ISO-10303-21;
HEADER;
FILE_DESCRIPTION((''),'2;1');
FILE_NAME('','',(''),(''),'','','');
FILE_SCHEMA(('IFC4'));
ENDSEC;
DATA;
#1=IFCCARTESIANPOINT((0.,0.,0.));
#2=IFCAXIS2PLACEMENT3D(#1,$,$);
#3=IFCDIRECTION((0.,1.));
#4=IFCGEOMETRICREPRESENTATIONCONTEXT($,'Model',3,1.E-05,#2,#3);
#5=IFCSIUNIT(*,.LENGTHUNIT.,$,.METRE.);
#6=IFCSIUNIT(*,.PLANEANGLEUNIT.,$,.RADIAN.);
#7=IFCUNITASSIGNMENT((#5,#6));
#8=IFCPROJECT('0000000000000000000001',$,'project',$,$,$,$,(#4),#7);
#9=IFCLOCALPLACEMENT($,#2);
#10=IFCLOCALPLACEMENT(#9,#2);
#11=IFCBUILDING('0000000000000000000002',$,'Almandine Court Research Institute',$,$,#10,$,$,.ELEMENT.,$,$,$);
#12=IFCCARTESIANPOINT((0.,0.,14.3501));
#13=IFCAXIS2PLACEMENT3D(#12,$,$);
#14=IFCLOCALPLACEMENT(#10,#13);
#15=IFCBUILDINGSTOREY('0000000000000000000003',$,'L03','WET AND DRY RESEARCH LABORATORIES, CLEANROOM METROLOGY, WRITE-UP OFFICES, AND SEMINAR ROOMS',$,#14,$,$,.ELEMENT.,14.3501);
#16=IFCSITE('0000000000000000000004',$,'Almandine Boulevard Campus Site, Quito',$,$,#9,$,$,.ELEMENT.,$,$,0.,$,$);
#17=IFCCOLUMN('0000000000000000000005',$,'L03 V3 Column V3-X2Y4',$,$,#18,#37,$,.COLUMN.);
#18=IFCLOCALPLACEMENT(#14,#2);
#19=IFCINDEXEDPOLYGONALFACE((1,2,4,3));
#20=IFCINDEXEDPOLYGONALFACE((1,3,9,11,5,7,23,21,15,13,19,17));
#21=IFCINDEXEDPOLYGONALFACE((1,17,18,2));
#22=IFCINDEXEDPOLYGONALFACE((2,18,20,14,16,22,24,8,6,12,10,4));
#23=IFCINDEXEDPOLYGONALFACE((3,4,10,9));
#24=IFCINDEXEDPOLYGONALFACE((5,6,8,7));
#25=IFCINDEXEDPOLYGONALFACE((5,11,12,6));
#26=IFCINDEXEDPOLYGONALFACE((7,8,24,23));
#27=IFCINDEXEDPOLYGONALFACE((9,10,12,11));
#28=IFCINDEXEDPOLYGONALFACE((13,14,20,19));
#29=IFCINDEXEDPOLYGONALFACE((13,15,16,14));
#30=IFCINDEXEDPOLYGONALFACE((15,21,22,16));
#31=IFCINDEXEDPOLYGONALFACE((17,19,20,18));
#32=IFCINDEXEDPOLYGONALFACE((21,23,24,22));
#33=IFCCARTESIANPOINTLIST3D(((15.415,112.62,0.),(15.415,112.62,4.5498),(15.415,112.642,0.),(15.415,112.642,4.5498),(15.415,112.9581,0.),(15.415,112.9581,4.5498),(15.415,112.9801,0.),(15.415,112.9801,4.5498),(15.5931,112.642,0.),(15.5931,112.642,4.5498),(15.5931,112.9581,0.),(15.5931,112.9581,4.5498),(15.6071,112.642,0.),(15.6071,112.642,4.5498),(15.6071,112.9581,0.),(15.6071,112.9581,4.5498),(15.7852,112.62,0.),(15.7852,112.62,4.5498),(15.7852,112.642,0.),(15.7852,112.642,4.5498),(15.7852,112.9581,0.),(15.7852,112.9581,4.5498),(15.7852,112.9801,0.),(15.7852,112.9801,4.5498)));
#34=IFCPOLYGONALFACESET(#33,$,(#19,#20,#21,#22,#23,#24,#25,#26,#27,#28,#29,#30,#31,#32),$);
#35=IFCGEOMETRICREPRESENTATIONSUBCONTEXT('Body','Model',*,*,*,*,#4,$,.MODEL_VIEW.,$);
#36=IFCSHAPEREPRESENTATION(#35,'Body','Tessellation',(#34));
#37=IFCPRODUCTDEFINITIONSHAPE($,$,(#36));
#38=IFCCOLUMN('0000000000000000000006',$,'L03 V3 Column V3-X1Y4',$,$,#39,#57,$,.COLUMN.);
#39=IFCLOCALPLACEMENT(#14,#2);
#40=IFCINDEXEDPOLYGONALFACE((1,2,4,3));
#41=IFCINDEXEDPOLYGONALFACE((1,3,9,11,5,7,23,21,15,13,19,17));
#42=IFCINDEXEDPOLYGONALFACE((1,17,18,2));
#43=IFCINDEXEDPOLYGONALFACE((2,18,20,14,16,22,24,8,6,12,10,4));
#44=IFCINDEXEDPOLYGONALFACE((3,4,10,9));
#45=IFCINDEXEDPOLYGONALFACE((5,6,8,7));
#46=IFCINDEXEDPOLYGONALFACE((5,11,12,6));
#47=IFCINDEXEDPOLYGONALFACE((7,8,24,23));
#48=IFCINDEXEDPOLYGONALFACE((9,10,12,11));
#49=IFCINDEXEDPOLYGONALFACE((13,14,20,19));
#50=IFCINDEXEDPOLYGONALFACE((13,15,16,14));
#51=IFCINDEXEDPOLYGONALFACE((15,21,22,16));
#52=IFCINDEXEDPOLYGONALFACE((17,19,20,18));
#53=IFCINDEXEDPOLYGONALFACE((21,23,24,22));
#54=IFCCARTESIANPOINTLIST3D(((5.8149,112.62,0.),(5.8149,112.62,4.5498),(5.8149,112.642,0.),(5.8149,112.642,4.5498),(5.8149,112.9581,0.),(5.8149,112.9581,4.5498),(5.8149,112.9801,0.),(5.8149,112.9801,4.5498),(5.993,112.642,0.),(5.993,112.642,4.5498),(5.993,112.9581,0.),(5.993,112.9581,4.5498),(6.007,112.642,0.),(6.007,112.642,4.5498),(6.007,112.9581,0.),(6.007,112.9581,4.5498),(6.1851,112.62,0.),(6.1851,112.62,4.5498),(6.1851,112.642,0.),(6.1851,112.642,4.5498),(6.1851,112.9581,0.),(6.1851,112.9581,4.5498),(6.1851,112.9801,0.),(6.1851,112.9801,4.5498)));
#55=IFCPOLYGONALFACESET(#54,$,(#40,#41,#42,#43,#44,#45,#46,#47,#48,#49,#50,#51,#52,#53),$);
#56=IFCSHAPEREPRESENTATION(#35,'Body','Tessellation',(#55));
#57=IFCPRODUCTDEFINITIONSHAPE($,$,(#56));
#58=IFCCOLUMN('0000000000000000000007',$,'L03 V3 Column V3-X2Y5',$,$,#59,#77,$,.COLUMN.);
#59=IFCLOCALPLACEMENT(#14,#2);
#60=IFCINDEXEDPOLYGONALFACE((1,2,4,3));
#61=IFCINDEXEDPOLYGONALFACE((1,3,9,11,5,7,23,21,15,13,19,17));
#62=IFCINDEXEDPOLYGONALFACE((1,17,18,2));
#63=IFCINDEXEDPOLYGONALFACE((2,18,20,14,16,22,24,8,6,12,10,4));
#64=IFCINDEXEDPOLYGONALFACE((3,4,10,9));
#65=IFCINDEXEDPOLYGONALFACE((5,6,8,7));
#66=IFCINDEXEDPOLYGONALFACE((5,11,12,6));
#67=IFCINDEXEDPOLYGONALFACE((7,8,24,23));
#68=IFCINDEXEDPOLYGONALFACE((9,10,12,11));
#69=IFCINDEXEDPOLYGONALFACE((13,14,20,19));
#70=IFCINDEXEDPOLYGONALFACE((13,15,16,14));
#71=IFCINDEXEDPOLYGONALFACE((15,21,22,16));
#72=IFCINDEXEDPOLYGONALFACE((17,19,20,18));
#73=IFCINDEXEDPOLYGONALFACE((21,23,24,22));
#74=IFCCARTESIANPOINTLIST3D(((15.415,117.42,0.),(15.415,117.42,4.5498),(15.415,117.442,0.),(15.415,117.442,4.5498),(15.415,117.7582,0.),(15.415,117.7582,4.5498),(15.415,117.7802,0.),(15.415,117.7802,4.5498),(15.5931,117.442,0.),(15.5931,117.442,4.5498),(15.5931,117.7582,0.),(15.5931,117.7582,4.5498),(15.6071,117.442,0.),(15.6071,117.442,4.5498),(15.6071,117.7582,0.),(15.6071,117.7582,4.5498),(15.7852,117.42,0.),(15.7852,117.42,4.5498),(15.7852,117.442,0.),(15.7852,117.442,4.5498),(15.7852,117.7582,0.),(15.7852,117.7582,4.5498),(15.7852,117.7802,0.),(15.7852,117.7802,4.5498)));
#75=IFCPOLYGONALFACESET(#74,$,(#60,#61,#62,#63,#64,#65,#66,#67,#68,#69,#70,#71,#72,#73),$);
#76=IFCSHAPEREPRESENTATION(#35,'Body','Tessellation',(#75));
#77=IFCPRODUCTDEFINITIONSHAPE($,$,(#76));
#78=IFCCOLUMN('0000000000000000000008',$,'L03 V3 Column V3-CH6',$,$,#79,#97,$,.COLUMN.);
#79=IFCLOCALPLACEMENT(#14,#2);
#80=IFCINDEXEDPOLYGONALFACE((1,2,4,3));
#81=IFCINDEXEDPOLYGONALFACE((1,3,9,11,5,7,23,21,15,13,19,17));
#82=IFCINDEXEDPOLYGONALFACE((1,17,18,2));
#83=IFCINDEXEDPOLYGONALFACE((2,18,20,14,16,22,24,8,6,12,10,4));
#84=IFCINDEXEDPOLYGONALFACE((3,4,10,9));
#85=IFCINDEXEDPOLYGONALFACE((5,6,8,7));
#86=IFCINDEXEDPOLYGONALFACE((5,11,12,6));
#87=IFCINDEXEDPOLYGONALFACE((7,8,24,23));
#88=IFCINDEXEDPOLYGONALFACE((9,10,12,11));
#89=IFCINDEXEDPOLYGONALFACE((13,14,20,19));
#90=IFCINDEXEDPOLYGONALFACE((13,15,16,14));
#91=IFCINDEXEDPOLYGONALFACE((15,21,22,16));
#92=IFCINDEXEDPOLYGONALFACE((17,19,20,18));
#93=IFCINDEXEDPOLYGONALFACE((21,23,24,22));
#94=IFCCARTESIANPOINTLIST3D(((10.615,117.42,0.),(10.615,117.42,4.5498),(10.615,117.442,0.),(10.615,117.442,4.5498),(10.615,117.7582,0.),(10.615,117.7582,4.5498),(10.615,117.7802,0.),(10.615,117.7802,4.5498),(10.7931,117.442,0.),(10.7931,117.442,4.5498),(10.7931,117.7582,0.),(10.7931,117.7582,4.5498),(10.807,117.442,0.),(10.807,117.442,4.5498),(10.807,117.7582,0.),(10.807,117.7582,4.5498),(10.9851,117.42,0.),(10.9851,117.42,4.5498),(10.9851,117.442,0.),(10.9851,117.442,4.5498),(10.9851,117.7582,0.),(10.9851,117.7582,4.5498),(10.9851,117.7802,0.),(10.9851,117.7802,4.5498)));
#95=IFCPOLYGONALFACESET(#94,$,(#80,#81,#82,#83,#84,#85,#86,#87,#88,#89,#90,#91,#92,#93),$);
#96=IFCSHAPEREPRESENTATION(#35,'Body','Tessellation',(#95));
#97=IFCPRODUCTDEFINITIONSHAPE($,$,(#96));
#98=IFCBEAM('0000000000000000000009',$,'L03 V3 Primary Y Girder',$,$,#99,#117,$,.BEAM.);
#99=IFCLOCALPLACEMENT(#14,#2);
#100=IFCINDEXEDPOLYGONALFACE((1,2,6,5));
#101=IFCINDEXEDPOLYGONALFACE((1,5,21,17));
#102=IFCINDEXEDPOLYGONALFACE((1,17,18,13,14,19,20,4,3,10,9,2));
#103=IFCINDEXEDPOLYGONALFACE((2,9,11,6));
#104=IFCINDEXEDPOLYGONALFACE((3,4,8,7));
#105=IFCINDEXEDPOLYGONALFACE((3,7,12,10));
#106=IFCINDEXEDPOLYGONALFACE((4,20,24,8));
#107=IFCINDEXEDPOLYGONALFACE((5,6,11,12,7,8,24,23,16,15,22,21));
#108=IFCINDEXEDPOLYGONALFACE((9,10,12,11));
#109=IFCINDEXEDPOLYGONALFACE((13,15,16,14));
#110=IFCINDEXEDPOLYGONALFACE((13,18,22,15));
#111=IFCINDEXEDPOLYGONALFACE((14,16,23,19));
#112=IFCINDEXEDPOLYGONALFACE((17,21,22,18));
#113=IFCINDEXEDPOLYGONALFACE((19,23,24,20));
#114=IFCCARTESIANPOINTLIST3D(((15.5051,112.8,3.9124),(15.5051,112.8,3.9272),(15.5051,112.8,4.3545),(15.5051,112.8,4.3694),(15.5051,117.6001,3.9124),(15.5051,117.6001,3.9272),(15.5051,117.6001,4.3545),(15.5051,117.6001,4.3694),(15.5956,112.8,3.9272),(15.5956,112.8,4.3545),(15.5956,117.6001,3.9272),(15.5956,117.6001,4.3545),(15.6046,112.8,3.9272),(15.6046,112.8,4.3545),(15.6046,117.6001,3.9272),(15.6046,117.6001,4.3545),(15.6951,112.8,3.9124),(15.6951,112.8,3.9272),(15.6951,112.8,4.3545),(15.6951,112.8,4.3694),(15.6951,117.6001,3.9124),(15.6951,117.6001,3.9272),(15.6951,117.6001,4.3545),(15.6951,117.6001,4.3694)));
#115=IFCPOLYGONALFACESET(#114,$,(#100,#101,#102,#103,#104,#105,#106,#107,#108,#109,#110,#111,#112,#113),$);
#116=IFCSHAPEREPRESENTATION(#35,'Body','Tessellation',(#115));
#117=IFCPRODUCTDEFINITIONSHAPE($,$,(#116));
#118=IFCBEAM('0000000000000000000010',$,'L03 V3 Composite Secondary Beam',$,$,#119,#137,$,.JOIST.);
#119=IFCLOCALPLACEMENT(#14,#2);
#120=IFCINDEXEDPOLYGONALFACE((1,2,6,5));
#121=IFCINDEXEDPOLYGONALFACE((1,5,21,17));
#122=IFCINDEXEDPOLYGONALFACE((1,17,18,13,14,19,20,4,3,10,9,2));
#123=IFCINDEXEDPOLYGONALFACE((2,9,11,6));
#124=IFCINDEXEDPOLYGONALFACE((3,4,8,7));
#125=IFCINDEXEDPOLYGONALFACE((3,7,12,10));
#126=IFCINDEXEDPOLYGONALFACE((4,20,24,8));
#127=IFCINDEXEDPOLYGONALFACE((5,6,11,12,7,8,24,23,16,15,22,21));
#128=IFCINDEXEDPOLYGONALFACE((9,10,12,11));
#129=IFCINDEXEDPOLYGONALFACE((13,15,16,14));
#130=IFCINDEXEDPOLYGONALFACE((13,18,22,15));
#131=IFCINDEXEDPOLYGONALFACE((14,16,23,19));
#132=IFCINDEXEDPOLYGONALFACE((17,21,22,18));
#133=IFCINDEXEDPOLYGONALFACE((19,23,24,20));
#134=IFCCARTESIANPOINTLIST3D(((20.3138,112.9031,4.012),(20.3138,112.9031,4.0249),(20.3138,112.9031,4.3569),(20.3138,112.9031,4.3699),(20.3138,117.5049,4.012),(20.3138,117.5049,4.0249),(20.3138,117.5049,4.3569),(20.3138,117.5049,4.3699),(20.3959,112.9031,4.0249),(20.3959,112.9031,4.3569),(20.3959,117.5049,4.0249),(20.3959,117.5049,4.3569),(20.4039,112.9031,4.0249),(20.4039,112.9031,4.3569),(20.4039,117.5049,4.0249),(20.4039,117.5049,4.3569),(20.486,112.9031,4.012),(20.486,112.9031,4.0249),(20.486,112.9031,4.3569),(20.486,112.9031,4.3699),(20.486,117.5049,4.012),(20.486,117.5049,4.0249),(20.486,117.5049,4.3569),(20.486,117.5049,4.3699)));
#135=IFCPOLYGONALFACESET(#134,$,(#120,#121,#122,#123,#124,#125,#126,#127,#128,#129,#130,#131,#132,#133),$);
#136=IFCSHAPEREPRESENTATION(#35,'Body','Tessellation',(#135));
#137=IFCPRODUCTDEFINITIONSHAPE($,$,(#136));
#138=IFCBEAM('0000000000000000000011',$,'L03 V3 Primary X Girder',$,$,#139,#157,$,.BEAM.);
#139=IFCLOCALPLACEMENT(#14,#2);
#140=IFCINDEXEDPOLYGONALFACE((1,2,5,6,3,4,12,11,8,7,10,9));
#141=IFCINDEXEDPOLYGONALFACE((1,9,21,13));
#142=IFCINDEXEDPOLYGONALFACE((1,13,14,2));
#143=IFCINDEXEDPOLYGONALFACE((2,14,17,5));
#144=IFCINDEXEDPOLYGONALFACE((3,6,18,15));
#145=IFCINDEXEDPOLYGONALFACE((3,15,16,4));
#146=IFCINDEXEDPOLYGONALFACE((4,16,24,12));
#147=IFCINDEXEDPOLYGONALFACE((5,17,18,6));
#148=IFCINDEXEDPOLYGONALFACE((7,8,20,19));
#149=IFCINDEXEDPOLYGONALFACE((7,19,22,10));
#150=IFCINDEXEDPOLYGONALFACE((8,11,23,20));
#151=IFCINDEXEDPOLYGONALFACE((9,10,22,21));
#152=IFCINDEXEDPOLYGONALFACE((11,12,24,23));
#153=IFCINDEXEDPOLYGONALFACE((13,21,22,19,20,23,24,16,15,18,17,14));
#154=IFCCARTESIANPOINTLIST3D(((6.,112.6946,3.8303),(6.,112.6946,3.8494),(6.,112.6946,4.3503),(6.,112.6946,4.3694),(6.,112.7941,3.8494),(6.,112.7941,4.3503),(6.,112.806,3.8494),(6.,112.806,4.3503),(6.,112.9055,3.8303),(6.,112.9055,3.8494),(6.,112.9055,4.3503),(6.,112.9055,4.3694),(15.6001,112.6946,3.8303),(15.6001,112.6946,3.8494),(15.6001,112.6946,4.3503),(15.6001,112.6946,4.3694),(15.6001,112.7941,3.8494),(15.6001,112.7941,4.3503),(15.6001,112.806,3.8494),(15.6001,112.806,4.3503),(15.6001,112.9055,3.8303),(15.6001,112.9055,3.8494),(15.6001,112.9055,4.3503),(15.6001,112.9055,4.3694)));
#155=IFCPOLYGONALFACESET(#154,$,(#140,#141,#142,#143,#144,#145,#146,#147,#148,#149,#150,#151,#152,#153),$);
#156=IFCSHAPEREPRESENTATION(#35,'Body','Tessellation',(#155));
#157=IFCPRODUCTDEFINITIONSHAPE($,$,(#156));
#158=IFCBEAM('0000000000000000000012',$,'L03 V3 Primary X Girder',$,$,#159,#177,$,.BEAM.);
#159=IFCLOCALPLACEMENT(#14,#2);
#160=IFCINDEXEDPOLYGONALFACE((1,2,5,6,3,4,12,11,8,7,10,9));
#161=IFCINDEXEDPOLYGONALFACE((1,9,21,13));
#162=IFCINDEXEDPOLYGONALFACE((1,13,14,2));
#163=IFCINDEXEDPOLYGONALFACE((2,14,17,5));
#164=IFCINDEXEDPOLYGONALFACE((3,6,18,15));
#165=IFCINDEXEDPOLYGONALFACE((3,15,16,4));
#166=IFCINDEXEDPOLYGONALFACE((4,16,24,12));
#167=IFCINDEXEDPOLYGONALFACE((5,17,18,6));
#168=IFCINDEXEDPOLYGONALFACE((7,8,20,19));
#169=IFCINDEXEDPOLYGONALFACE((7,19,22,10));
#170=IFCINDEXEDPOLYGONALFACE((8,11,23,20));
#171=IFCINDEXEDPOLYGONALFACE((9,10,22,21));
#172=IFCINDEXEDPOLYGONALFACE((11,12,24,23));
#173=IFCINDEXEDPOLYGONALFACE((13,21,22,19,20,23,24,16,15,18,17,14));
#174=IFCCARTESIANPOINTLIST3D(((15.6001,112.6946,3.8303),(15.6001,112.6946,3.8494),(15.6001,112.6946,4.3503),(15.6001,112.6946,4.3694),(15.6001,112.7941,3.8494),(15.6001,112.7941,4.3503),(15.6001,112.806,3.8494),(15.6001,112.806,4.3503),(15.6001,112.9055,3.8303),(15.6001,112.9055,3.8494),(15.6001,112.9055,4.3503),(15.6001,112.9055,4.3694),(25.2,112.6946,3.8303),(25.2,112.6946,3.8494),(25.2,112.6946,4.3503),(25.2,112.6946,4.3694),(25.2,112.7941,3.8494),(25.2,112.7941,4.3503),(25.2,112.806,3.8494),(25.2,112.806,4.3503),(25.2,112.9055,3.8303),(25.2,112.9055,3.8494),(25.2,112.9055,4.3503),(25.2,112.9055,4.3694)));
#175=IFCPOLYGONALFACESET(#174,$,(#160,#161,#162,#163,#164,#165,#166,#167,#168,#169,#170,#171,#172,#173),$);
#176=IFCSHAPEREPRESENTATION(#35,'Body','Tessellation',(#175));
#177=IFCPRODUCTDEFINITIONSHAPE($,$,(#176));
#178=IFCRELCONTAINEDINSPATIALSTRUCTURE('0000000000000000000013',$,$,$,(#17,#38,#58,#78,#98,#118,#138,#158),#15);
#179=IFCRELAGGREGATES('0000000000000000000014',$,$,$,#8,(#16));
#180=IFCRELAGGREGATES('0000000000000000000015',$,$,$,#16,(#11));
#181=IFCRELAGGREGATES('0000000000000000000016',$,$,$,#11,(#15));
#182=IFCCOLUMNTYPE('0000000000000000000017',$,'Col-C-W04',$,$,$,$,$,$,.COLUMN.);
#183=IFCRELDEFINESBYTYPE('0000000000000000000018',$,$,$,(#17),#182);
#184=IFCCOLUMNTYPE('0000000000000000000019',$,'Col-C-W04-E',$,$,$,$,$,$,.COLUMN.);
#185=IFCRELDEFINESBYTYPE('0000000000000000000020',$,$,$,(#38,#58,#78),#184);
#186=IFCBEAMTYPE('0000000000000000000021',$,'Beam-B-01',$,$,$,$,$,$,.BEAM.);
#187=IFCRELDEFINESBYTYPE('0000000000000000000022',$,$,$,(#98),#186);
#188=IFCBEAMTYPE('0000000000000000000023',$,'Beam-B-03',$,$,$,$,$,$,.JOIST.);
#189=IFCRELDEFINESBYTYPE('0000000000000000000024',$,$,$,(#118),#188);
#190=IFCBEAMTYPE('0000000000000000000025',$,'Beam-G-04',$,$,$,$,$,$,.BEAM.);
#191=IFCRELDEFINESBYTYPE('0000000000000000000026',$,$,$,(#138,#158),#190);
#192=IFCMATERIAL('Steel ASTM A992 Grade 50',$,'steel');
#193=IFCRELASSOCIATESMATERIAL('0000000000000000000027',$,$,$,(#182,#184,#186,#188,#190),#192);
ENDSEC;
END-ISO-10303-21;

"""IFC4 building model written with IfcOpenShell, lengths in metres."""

from ifc_helpers import new_model, si_unit, direction, frame, origin, origin_2d, place, context, subcontext, project, spatial, i_section, extrude, material, material_profile, profile_set, type_object, element, save


model = new_model("IFC4")

# Units and contexts
model_context = context("Model", 3, precision=1e-05, world=origin(), true_north=direction((0.0, 1.0)))
body_context = subcontext(model_context, "Body", "Model", "MODEL_VIEW")
ifc_project = project(units=[si_unit("LENGTHUNIT", "METRE"), si_unit("PLANEANGLEUNIT", "RADIAN")], contexts=[model_context])

# Site, building, storey
site_placement = place(None, origin())
site = spatial("IfcSite", under=ifc_project, at=site_placement, Name="Almandine Boulevard Campus Site, Quito", CompositionType="ELEMENT", RefElevation=0.0)
building_placement = place(site_placement, origin())
building = spatial("IfcBuilding", under=site, at=building_placement, Name="Almandine Court Research Institute", CompositionType="ELEMENT")
storey_placement = place(building_placement, frame((0.0, 0.0, 14.3501)))
storey = spatial("IfcBuildingStorey", under=building, at=storey_placement, Name="L03", Description="WET AND DRY RESEARCH LABORATORIES, CLEANROOM METROLOGY, WRITE-UP OFFICES, AND SEMINAR ROOMS", CompositionType="ELEMENT", Elevation=14.3501)

# Columns
ifc_material_1 = material(Name="Steel ASTM A992 Grade 50", Category="steel")
ifc_material_profile_1 = material_profile(ifc_material_1, i_section(OverallWidth=0.3701, OverallDepth=0.3601, WebThickness=0.0139, FlangeThickness=0.022, at=origin_2d()), Name="W360x147")
ifc_profile_set_1 = profile_set([ifc_material_profile_1], Name="Steel ASTM A992 Grade 50")
column_type_1 = type_object("IfcColumnType", Name="Col-C-W04", PredefinedType="COLUMN", material=ifc_profile_set_1)
column_placement = place(storey_placement, frame((15.6001, 112.8, 0.0), z_axis=(0.0, 0.0, 1.0), x_axis=(1.0, 0.0, 0.0)))
element("IfcColumn", 1, at=column_placement, inside=storey, type_object=column_type_1, Name="L03 V3 Column V3-X2Y4", PredefinedType="COLUMN", context=body_context, shape_type="SweptSolid", body=[
    extrude(i_section(OverallWidth=0.3701, OverallDepth=0.3601, WebThickness=0.0139, FlangeThickness=0.022, at=origin_2d()), origin(), (0.0, 0.0, 1.0), 4.5498),
])
ifc_material_profile_2 = material_profile(ifc_material_1, i_section(OverallWidth=0.3701, OverallDepth=0.3601, WebThickness=0.0139, FlangeThickness=0.022, at=origin_2d()), Name="W360x147")
ifc_profile_set_2 = profile_set([ifc_material_profile_2], Name="Steel ASTM A992 Grade 50")
column_type_2 = type_object("IfcColumnType", Name="Col-C-W04-E", PredefinedType="COLUMN", material=ifc_profile_set_2)
for number, where, z_axis, x_axis, name in (
    (2, (6.0, 112.8, 0.0), (0.0, 0.0, 1.0), (1.0, 0.0, 0.0), "L03 V3 Column V3-X1Y4"),
    (3, (15.6001, 117.6001, 0.0), (0.0, 0.0, 1.0), (1.0, 0.0, 0.0), "L03 V3 Column V3-X2Y5"),
    (4, (10.8, 117.6001, 0.0), (0.0, 0.0, 1.0), (1.0, 0.0, 0.0), "L03 V3 Column V3-CH6"),
):
    element("IfcColumn", number, at=place(storey_placement, frame(where, z_axis=z_axis, x_axis=x_axis)), inside=storey, type_object=column_type_2, Name=name, PredefinedType="COLUMN", context=body_context, shape_type="SweptSolid", body=[
        extrude(i_section(OverallWidth=0.3701, OverallDepth=0.3601, WebThickness=0.0139, FlangeThickness=0.022, at=origin_2d()), origin(), (0.0, 0.0, 1.0), 4.5498),
    ])

# Beams
ifc_material_profile_3 = material_profile(ifc_material_1, i_section(OverallWidth=0.1899, OverallDepth=0.457, WebThickness=0.009, FlangeThickness=0.0149, at=origin_2d()), Name="W460x74")
ifc_profile_set_3 = profile_set([ifc_material_profile_3], Name="Steel ASTM A992 Grade 50")
beam_type_1 = type_object("IfcBeamType", Name="Beam-B-01", PredefinedType="BEAM", material=ifc_profile_set_3)
beam_1_placement = place(storey_placement, frame((15.6001, 112.8, 4.1409), z_axis=(0.0, 1.0, 0.0), x_axis=(-1.0, 0.0, 0.0)))
element("IfcBeam", 5, at=beam_1_placement, inside=storey, type_object=beam_type_1, Name="L03 V3 Primary Y Girder", PredefinedType="BEAM", context=body_context, shape_type="SweptSolid", body=[
    extrude(i_section(OverallWidth=0.1899, OverallDepth=0.457, WebThickness=0.009, FlangeThickness=0.0149, at=origin_2d()), origin(), (0.0, 0.0, 1.0), 4.8),
])
ifc_material_profile_4 = material_profile(ifc_material_1, i_section(OverallWidth=0.1721, OverallDepth=0.3579, WebThickness=0.0081, FlangeThickness=0.0129, at=origin_2d()), Name="W360x57")
ifc_profile_set_4 = profile_set([ifc_material_profile_4], Name="Steel ASTM A992 Grade 50")
beam_type_2 = type_object("IfcBeamType", Name="Beam-B-03", PredefinedType="JOIST", material=ifc_profile_set_4)
beam_2_placement = place(storey_placement, frame((20.3999, 112.9031, 4.1909), z_axis=(0.0, 1.0, 0.0), x_axis=(-1.0, 0.0, 0.0)))
element("IfcBeam", 6, at=beam_2_placement, inside=storey, type_object=beam_type_2, Name="L03 V3 Composite Secondary Beam", PredefinedType="JOIST", context=body_context, shape_type="SweptSolid", body=[
    extrude(i_section(OverallWidth=0.1721, OverallDepth=0.3579, WebThickness=0.0081, FlangeThickness=0.0129, at=origin_2d()), origin(), (0.0, 0.0, 1.0), 4.6018),
])
ifc_material_profile_5 = material_profile(ifc_material_1, i_section(OverallWidth=0.2109, OverallDepth=0.5391, WebThickness=0.012, FlangeThickness=0.019, at=origin_2d()), Name="W530x109")
ifc_profile_set_5 = profile_set([ifc_material_profile_5], Name="Steel ASTM A992 Grade 50")
beam_type_3 = type_object("IfcBeamType", Name="Beam-G-04", PredefinedType="BEAM", material=ifc_profile_set_5)
beam_3_placement = place(storey_placement, frame((6.0, 112.8, 4.0999), z_axis=(1.0, 0.0, 0.0), x_axis=(0.0, 1.0, 0.0)))
element("IfcBeam", 7, at=beam_3_placement, inside=storey, type_object=beam_type_3, Name="L03 V3 Primary X Girder", PredefinedType="BEAM", context=body_context, shape_type="SweptSolid", body=[
    extrude(i_section(OverallWidth=0.2109, OverallDepth=0.5391, WebThickness=0.012, FlangeThickness=0.019, at=origin_2d()), origin(), (0.0, 0.0, 1.0), 9.6001),
])
beam_4_placement = place(storey_placement, frame((15.6001, 112.8, 4.0999), z_axis=(1.0, 0.0, 0.0), x_axis=(0.0, 1.0, 0.0)))
element("IfcBeam", 8, at=beam_4_placement, inside=storey, type_object=beam_type_3, Name="L03 V3 Primary X Girder", PredefinedType="BEAM", context=body_context, shape_type="SweptSolid", body=[
    extrude(i_section(OverallWidth=0.2109, OverallDepth=0.5391, WebThickness=0.012, FlangeThickness=0.019, at=origin_2d()), origin(), (0.0, 0.0, 1.0), 9.5999),
])

save(model, "model.ifc")
